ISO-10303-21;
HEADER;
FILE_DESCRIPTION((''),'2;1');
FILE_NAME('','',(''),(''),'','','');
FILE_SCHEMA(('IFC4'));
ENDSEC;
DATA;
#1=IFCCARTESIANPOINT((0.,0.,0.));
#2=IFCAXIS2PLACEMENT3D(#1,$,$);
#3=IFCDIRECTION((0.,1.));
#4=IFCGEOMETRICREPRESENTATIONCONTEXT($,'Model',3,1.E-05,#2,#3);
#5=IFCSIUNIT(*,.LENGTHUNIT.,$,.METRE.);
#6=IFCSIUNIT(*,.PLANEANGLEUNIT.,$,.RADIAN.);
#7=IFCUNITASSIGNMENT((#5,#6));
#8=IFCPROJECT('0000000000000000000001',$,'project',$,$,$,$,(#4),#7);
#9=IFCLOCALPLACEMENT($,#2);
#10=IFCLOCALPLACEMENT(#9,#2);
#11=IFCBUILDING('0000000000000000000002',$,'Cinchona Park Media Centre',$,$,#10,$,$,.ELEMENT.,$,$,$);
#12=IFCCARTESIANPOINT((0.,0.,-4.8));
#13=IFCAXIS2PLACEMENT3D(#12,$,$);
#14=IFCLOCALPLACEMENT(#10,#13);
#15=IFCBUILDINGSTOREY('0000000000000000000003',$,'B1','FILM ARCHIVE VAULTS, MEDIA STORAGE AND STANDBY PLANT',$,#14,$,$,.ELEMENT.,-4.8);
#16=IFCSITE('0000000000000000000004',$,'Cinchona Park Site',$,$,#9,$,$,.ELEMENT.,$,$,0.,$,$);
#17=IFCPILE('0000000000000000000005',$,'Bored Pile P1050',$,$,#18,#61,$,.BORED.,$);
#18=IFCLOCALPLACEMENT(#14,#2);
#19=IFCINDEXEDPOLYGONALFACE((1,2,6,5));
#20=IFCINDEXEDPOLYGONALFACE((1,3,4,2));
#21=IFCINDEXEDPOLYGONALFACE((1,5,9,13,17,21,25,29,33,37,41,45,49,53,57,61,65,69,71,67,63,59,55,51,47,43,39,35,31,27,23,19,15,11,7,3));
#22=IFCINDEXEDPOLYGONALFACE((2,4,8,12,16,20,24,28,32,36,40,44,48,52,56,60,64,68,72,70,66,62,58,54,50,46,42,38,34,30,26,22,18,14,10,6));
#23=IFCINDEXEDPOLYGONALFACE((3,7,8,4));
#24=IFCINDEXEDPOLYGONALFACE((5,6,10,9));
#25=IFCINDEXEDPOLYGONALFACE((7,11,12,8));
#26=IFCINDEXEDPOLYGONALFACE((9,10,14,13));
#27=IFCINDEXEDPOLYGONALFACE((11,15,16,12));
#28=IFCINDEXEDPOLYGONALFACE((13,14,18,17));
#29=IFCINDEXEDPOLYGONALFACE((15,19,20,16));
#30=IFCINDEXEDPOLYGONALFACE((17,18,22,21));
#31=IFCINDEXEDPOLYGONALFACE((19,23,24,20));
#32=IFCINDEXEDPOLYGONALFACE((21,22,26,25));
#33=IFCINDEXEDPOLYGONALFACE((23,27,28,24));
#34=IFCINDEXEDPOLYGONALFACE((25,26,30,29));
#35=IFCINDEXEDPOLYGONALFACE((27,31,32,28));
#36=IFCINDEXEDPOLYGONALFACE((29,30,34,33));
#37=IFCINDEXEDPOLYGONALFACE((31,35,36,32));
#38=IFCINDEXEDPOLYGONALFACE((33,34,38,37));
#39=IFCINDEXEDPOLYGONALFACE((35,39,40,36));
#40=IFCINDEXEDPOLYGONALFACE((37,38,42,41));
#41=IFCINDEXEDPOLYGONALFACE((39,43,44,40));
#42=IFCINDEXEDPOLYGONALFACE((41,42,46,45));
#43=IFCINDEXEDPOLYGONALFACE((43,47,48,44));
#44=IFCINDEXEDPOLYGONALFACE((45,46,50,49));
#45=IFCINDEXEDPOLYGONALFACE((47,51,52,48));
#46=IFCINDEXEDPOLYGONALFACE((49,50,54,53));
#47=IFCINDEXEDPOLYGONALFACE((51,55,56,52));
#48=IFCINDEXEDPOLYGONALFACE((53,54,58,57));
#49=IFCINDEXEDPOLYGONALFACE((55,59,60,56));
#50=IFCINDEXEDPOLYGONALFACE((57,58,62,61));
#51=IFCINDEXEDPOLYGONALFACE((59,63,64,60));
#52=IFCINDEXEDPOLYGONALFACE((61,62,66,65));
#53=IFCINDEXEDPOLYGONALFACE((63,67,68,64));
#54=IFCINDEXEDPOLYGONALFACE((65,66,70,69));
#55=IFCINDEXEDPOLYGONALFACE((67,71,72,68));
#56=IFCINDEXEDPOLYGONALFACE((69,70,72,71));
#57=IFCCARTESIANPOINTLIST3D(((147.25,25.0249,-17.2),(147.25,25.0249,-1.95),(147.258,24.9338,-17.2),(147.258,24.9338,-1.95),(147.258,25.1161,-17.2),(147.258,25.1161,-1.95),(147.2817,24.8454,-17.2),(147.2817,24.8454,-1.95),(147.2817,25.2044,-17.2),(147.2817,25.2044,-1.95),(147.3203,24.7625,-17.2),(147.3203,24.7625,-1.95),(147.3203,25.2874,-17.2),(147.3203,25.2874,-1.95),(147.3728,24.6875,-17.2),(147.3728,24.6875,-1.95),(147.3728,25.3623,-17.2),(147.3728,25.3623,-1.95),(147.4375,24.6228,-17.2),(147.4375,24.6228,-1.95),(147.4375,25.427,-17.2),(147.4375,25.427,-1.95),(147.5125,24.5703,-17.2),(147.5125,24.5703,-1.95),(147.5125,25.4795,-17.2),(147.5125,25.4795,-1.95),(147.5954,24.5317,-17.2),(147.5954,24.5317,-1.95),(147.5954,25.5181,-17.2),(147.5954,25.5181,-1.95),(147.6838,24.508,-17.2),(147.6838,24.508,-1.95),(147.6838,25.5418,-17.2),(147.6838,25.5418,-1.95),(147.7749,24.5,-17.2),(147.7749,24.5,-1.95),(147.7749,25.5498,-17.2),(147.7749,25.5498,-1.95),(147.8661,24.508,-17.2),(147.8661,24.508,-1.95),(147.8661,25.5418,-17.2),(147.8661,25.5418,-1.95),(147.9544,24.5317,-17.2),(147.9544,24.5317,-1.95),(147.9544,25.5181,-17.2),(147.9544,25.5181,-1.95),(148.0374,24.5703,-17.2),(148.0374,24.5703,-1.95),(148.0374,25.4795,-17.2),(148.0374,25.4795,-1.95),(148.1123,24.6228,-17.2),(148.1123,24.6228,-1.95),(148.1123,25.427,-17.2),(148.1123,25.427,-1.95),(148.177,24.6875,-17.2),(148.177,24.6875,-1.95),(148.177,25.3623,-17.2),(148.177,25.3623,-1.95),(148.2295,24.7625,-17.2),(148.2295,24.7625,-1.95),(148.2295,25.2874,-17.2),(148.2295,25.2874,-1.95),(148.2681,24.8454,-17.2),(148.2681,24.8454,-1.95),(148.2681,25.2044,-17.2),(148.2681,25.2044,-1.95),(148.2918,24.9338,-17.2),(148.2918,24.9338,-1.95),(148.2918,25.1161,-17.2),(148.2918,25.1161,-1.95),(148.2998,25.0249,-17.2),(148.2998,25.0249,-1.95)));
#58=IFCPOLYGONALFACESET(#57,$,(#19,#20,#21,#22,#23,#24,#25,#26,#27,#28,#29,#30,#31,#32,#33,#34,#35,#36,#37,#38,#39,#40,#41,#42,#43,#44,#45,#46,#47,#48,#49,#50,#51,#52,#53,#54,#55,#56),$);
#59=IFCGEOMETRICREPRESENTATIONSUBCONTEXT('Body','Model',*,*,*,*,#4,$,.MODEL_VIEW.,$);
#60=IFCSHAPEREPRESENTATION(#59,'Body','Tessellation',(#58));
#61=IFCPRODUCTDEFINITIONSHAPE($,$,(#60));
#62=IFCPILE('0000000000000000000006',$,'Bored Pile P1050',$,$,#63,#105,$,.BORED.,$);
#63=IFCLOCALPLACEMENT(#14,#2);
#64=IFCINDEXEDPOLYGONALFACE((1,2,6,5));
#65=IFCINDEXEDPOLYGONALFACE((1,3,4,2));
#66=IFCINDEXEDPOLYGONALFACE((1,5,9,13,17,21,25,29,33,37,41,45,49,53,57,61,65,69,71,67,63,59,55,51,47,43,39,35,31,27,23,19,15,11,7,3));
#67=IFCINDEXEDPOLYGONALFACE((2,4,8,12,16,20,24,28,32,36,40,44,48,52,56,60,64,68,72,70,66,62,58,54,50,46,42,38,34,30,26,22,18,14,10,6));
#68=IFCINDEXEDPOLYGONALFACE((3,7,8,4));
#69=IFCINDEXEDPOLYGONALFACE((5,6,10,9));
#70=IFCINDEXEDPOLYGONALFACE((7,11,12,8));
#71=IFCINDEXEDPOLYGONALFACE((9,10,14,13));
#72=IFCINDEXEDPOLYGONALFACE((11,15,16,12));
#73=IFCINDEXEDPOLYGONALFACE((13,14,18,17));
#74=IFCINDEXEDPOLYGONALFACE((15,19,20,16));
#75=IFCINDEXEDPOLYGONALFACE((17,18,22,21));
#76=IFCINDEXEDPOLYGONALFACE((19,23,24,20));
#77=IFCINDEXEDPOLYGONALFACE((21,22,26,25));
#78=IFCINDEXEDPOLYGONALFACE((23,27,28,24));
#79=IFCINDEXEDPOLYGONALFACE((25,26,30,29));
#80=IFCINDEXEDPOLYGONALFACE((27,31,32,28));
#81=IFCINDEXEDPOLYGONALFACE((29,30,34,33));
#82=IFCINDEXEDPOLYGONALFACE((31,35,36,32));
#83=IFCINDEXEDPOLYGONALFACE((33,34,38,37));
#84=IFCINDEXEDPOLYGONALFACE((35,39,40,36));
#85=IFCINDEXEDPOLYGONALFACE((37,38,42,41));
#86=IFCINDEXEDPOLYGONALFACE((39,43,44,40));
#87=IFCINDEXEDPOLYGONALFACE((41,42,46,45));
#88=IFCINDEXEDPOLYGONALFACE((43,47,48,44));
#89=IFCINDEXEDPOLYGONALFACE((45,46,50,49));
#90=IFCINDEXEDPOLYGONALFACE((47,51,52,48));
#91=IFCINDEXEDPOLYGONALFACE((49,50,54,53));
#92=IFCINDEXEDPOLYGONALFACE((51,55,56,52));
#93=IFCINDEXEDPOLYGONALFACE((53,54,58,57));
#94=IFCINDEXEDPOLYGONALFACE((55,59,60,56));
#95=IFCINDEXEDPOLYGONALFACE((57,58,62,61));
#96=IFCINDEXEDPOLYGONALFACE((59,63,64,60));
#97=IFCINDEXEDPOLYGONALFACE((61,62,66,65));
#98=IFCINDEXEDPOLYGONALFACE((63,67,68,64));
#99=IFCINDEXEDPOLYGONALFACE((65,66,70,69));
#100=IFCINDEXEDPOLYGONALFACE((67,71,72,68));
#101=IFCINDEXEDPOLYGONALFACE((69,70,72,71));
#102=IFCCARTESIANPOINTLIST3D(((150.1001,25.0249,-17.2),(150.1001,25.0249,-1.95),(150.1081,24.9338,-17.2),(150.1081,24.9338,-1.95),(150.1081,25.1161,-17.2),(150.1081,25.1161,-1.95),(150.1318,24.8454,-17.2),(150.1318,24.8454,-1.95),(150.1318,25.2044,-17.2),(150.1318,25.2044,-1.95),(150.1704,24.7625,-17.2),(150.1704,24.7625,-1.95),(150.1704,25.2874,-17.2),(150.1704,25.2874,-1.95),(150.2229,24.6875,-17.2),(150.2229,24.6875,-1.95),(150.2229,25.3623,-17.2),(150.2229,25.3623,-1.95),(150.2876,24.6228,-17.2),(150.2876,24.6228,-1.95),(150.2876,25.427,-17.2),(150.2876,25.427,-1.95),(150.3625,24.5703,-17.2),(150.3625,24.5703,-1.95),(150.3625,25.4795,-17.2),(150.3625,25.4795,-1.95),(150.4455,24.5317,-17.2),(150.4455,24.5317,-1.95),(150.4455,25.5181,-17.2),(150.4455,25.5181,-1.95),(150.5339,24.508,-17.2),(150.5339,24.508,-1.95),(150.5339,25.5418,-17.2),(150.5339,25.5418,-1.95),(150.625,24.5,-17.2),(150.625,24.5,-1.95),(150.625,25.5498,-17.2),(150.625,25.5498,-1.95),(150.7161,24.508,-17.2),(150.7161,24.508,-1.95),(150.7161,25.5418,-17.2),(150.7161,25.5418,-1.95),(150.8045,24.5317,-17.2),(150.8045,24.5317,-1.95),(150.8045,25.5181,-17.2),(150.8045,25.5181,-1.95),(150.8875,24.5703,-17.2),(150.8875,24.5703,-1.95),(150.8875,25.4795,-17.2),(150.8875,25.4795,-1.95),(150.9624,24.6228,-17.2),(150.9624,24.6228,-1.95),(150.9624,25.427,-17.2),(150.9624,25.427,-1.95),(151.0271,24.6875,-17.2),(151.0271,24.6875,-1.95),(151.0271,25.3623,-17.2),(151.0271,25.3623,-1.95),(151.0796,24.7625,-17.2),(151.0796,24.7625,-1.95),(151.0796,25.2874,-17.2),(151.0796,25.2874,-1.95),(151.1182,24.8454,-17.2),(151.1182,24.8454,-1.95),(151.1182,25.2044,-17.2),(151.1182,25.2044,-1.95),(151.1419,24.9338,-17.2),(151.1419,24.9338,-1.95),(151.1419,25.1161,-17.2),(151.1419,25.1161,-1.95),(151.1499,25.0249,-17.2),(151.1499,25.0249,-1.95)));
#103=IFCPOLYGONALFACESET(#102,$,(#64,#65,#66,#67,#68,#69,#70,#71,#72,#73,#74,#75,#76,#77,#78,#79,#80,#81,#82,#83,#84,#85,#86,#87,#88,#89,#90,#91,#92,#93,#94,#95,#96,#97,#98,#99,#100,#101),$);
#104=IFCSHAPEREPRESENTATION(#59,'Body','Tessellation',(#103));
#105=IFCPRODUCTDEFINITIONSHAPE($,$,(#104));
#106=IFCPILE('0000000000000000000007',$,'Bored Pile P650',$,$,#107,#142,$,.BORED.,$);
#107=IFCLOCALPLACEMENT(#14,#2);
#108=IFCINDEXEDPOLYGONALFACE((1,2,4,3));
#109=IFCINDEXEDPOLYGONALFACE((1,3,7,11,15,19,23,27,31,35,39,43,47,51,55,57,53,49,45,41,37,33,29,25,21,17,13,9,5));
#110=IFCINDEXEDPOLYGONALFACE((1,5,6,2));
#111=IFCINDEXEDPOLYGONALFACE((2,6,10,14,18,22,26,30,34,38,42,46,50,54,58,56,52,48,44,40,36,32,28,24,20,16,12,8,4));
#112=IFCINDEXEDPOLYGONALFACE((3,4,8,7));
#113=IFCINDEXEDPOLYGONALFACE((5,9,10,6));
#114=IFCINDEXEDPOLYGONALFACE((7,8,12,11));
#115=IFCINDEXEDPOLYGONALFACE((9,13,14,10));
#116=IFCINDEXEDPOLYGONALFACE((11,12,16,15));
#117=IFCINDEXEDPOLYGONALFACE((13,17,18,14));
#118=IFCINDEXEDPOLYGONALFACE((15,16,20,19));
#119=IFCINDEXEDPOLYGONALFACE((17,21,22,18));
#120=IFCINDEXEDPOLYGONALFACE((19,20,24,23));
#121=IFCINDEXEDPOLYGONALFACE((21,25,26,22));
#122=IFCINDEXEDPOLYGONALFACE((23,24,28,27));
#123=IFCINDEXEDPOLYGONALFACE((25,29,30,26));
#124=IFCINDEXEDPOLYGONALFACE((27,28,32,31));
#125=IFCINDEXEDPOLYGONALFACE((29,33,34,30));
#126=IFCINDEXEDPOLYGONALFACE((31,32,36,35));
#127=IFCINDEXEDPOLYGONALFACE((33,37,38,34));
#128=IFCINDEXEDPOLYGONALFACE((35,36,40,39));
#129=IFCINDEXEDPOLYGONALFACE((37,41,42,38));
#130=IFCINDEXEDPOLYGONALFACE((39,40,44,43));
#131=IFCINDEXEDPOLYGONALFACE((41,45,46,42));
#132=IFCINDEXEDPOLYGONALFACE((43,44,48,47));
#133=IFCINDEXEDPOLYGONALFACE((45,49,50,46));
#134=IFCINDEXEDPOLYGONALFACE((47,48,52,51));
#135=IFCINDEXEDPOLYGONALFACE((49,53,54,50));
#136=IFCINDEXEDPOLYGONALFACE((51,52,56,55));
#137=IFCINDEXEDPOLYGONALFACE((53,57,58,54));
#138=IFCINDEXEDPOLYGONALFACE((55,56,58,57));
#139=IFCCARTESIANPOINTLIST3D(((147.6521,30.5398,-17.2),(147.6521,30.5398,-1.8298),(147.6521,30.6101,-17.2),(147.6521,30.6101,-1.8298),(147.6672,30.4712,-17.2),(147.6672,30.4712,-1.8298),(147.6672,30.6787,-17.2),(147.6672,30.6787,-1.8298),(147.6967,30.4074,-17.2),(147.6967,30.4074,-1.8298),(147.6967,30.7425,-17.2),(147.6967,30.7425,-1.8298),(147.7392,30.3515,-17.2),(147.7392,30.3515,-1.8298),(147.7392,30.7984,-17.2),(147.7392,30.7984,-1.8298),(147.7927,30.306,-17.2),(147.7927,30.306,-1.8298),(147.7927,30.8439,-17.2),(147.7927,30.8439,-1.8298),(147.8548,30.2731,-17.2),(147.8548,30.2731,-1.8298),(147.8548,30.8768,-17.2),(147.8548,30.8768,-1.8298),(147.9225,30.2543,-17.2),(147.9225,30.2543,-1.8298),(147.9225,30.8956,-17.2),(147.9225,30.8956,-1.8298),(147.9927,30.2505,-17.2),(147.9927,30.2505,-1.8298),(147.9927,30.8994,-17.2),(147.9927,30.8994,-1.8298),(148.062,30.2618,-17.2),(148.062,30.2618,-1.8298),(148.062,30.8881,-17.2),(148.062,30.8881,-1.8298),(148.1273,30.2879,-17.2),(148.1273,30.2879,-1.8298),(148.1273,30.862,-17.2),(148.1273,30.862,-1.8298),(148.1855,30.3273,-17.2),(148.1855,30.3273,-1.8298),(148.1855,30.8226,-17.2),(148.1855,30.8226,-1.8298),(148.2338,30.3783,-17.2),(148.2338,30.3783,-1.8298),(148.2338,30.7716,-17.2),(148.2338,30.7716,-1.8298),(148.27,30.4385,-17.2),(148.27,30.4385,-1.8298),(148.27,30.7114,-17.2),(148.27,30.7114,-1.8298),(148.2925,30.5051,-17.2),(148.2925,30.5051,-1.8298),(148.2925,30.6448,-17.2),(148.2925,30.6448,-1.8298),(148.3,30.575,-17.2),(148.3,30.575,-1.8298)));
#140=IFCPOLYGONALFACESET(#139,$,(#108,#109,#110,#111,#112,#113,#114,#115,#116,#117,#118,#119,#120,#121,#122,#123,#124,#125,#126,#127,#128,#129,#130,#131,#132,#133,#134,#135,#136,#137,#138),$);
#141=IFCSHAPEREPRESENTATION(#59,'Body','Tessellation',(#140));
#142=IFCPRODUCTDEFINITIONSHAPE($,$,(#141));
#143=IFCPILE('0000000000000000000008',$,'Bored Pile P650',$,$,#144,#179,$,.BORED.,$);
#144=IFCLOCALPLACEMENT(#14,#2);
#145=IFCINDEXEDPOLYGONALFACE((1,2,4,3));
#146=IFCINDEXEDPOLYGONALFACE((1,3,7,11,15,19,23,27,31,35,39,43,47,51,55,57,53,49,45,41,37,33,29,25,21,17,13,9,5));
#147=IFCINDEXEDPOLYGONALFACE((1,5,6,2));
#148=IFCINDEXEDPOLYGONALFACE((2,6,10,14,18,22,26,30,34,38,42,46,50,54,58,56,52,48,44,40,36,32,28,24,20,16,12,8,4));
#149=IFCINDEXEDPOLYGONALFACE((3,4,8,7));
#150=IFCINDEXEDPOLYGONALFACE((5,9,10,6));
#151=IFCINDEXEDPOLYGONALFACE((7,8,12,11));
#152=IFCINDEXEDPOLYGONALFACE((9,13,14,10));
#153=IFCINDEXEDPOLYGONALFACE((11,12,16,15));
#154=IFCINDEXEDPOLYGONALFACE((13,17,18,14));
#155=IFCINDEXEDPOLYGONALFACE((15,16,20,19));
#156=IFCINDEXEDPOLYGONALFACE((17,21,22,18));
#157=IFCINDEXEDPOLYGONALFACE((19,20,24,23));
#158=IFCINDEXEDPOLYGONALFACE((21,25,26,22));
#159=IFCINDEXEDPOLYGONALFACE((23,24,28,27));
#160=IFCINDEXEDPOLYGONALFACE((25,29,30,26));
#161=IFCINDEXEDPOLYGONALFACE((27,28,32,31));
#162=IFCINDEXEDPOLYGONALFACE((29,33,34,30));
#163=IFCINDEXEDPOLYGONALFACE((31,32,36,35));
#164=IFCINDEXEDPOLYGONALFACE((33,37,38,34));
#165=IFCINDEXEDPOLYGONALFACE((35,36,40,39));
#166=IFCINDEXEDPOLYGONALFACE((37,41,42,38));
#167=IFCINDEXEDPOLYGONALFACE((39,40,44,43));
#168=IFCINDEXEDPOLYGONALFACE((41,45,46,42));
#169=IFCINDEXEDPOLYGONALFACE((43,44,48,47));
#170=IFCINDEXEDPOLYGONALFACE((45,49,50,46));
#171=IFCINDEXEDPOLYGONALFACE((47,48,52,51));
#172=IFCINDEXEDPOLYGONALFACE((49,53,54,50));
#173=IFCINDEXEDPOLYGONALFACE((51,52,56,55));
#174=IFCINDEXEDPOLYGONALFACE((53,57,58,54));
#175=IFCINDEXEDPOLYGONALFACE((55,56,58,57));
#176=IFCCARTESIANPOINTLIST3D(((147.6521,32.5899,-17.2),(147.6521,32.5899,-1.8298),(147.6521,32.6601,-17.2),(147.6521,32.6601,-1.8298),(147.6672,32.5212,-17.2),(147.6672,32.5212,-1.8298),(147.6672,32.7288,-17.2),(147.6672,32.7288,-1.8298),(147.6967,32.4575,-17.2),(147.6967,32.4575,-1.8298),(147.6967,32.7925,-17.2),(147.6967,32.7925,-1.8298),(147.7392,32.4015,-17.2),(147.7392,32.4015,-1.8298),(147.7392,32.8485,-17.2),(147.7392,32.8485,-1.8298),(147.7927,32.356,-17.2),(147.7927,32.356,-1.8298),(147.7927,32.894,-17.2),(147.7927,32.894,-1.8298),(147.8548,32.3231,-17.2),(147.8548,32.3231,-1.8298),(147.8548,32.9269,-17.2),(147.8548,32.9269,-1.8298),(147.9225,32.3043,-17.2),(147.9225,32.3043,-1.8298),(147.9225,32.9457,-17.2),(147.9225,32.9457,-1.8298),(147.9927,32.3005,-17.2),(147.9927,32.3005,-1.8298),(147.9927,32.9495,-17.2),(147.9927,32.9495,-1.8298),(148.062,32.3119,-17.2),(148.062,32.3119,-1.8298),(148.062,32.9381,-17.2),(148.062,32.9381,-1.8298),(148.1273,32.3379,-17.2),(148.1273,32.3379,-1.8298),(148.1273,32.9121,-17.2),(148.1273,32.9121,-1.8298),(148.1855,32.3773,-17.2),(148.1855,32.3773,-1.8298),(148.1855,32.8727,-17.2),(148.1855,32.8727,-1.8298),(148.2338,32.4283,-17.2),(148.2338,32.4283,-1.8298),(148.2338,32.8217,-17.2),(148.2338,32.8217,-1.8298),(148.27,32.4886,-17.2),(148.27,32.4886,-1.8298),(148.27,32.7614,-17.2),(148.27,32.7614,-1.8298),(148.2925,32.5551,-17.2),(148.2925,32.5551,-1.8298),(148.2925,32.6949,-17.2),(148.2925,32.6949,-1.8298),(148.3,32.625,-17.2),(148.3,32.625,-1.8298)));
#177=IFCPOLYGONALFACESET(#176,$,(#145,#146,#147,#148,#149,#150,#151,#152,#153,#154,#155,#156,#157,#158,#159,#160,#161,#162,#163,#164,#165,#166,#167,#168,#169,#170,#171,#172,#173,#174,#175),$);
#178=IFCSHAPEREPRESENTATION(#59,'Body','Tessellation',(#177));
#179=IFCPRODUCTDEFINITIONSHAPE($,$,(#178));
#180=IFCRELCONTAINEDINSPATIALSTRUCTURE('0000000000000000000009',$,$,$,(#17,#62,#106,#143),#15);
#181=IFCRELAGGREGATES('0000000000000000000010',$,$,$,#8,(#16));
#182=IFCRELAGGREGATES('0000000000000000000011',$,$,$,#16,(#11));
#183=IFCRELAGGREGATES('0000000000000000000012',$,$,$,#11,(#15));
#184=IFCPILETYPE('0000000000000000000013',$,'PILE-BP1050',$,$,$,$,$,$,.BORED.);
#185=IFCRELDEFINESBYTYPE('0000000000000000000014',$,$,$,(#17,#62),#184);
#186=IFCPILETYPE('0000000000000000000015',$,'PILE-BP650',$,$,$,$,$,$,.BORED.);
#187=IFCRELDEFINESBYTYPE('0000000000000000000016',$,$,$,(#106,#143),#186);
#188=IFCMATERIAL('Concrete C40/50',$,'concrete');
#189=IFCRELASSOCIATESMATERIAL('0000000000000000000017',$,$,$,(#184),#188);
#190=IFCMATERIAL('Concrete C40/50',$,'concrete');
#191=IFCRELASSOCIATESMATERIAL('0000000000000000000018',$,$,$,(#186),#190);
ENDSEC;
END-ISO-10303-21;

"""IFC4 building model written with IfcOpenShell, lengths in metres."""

from ifc_helpers import new_model, si_unit, direction, frame, origin, origin_2d, place, context, subcontext, project, spatial, circle, extrude, material, material_profile, profile_set, type_object, element, save


model = new_model("IFC4")

# Units and contexts
model_context = context("Model", 3, precision=1e-05, world=origin(), true_north=direction((0.0, 1.0)))
body_context = subcontext(model_context, "Body", "Model", "MODEL_VIEW")
ifc_project = project(units=[si_unit("LENGTHUNIT", "METRE"), si_unit("PLANEANGLEUNIT", "RADIAN")], contexts=[model_context])

# Site, building, storey
site_placement = place(None, origin())
site = spatial("IfcSite", under=ifc_project, at=site_placement, Name="Cinchona Park Site", CompositionType="ELEMENT", RefElevation=0.0)
building_placement = place(site_placement, origin())
building = spatial("IfcBuilding", under=site, at=building_placement, Name="Cinchona Park Media Centre", CompositionType="ELEMENT")
storey_placement = place(building_placement, frame((0.0, 0.0, -4.8)))
storey = spatial("IfcBuildingStorey", under=building, at=storey_placement, Name="B1", Description="FILM ARCHIVE VAULTS, MEDIA STORAGE AND STANDBY PLANT", CompositionType="ELEMENT", Elevation=-4.8)

# Piles
ifc_material_1 = material(Name="Concrete C40/50", Category="concrete")
ifc_material_profile_1 = material_profile(ifc_material_1, circle(Radius=0.5249, at=origin_2d()), Name="BORED PILE 1050")
ifc_profile_set_1 = profile_set([ifc_material_profile_1], Name="Concrete C40/50")
pile_type_1 = type_object("IfcPileType", Name="PILE-BP1050", PredefinedType="BORED", material=ifc_profile_set_1)
for number, where, z_axis, x_axis, name in (
    (1, (147.7749, 25.0249, -1.95), (0.0, 0.0, -1.0), (1.0, 0.0, 0.0), "Bored Pile P1050"),
    (2, (150.625, 25.0249, -1.95), (0.0, 0.0, -1.0), (1.0, 0.0, 0.0), "Bored Pile P1050"),
):
    element("IfcPile", number, at=place(storey_placement, frame(where, z_axis=z_axis, x_axis=x_axis)), inside=storey, type_object=pile_type_1, Name=name, PredefinedType="BORED", context=body_context, shape_type="SweptSolid", body=[
        extrude(circle(Radius=0.5249, at=origin_2d()), origin(), (0.0, 0.0, 1.0), 15.25),
    ])
ifc_material_2 = material(Name="Concrete C40/50", Category="concrete")
ifc_material_profile_2 = material_profile(ifc_material_2, circle(Radius=0.325, at=origin_2d()), Name="BORED PILE 650")
ifc_profile_set_2 = profile_set([ifc_material_profile_2], Name="Concrete C40/50")
pile_type_2 = type_object("IfcPileType", Name="PILE-BP650", PredefinedType="BORED", material=ifc_profile_set_2)
for number, where, z_axis, x_axis, name in (
    (3, (147.9751, 30.575, -1.8298), (0.0, 0.0, -1.0), (1.0, 0.0, 0.0), "Bored Pile P650"),
    (4, (147.9751, 32.625, -1.8298), (0.0, 0.0, -1.0), (1.0, 0.0, 0.0), "Bored Pile P650"),
):
    element("IfcPile", number, at=place(storey_placement, frame(where, z_axis=z_axis, x_axis=x_axis)), inside=storey, type_object=pile_type_2, Name=name, PredefinedType="BORED", context=body_context, shape_type="SweptSolid", body=[
        extrude(circle(Radius=0.325, at=origin_2d()), origin(), (0.0, 0.0, 1.0), 15.3701),
    ])

save(model, "model.ifc")
